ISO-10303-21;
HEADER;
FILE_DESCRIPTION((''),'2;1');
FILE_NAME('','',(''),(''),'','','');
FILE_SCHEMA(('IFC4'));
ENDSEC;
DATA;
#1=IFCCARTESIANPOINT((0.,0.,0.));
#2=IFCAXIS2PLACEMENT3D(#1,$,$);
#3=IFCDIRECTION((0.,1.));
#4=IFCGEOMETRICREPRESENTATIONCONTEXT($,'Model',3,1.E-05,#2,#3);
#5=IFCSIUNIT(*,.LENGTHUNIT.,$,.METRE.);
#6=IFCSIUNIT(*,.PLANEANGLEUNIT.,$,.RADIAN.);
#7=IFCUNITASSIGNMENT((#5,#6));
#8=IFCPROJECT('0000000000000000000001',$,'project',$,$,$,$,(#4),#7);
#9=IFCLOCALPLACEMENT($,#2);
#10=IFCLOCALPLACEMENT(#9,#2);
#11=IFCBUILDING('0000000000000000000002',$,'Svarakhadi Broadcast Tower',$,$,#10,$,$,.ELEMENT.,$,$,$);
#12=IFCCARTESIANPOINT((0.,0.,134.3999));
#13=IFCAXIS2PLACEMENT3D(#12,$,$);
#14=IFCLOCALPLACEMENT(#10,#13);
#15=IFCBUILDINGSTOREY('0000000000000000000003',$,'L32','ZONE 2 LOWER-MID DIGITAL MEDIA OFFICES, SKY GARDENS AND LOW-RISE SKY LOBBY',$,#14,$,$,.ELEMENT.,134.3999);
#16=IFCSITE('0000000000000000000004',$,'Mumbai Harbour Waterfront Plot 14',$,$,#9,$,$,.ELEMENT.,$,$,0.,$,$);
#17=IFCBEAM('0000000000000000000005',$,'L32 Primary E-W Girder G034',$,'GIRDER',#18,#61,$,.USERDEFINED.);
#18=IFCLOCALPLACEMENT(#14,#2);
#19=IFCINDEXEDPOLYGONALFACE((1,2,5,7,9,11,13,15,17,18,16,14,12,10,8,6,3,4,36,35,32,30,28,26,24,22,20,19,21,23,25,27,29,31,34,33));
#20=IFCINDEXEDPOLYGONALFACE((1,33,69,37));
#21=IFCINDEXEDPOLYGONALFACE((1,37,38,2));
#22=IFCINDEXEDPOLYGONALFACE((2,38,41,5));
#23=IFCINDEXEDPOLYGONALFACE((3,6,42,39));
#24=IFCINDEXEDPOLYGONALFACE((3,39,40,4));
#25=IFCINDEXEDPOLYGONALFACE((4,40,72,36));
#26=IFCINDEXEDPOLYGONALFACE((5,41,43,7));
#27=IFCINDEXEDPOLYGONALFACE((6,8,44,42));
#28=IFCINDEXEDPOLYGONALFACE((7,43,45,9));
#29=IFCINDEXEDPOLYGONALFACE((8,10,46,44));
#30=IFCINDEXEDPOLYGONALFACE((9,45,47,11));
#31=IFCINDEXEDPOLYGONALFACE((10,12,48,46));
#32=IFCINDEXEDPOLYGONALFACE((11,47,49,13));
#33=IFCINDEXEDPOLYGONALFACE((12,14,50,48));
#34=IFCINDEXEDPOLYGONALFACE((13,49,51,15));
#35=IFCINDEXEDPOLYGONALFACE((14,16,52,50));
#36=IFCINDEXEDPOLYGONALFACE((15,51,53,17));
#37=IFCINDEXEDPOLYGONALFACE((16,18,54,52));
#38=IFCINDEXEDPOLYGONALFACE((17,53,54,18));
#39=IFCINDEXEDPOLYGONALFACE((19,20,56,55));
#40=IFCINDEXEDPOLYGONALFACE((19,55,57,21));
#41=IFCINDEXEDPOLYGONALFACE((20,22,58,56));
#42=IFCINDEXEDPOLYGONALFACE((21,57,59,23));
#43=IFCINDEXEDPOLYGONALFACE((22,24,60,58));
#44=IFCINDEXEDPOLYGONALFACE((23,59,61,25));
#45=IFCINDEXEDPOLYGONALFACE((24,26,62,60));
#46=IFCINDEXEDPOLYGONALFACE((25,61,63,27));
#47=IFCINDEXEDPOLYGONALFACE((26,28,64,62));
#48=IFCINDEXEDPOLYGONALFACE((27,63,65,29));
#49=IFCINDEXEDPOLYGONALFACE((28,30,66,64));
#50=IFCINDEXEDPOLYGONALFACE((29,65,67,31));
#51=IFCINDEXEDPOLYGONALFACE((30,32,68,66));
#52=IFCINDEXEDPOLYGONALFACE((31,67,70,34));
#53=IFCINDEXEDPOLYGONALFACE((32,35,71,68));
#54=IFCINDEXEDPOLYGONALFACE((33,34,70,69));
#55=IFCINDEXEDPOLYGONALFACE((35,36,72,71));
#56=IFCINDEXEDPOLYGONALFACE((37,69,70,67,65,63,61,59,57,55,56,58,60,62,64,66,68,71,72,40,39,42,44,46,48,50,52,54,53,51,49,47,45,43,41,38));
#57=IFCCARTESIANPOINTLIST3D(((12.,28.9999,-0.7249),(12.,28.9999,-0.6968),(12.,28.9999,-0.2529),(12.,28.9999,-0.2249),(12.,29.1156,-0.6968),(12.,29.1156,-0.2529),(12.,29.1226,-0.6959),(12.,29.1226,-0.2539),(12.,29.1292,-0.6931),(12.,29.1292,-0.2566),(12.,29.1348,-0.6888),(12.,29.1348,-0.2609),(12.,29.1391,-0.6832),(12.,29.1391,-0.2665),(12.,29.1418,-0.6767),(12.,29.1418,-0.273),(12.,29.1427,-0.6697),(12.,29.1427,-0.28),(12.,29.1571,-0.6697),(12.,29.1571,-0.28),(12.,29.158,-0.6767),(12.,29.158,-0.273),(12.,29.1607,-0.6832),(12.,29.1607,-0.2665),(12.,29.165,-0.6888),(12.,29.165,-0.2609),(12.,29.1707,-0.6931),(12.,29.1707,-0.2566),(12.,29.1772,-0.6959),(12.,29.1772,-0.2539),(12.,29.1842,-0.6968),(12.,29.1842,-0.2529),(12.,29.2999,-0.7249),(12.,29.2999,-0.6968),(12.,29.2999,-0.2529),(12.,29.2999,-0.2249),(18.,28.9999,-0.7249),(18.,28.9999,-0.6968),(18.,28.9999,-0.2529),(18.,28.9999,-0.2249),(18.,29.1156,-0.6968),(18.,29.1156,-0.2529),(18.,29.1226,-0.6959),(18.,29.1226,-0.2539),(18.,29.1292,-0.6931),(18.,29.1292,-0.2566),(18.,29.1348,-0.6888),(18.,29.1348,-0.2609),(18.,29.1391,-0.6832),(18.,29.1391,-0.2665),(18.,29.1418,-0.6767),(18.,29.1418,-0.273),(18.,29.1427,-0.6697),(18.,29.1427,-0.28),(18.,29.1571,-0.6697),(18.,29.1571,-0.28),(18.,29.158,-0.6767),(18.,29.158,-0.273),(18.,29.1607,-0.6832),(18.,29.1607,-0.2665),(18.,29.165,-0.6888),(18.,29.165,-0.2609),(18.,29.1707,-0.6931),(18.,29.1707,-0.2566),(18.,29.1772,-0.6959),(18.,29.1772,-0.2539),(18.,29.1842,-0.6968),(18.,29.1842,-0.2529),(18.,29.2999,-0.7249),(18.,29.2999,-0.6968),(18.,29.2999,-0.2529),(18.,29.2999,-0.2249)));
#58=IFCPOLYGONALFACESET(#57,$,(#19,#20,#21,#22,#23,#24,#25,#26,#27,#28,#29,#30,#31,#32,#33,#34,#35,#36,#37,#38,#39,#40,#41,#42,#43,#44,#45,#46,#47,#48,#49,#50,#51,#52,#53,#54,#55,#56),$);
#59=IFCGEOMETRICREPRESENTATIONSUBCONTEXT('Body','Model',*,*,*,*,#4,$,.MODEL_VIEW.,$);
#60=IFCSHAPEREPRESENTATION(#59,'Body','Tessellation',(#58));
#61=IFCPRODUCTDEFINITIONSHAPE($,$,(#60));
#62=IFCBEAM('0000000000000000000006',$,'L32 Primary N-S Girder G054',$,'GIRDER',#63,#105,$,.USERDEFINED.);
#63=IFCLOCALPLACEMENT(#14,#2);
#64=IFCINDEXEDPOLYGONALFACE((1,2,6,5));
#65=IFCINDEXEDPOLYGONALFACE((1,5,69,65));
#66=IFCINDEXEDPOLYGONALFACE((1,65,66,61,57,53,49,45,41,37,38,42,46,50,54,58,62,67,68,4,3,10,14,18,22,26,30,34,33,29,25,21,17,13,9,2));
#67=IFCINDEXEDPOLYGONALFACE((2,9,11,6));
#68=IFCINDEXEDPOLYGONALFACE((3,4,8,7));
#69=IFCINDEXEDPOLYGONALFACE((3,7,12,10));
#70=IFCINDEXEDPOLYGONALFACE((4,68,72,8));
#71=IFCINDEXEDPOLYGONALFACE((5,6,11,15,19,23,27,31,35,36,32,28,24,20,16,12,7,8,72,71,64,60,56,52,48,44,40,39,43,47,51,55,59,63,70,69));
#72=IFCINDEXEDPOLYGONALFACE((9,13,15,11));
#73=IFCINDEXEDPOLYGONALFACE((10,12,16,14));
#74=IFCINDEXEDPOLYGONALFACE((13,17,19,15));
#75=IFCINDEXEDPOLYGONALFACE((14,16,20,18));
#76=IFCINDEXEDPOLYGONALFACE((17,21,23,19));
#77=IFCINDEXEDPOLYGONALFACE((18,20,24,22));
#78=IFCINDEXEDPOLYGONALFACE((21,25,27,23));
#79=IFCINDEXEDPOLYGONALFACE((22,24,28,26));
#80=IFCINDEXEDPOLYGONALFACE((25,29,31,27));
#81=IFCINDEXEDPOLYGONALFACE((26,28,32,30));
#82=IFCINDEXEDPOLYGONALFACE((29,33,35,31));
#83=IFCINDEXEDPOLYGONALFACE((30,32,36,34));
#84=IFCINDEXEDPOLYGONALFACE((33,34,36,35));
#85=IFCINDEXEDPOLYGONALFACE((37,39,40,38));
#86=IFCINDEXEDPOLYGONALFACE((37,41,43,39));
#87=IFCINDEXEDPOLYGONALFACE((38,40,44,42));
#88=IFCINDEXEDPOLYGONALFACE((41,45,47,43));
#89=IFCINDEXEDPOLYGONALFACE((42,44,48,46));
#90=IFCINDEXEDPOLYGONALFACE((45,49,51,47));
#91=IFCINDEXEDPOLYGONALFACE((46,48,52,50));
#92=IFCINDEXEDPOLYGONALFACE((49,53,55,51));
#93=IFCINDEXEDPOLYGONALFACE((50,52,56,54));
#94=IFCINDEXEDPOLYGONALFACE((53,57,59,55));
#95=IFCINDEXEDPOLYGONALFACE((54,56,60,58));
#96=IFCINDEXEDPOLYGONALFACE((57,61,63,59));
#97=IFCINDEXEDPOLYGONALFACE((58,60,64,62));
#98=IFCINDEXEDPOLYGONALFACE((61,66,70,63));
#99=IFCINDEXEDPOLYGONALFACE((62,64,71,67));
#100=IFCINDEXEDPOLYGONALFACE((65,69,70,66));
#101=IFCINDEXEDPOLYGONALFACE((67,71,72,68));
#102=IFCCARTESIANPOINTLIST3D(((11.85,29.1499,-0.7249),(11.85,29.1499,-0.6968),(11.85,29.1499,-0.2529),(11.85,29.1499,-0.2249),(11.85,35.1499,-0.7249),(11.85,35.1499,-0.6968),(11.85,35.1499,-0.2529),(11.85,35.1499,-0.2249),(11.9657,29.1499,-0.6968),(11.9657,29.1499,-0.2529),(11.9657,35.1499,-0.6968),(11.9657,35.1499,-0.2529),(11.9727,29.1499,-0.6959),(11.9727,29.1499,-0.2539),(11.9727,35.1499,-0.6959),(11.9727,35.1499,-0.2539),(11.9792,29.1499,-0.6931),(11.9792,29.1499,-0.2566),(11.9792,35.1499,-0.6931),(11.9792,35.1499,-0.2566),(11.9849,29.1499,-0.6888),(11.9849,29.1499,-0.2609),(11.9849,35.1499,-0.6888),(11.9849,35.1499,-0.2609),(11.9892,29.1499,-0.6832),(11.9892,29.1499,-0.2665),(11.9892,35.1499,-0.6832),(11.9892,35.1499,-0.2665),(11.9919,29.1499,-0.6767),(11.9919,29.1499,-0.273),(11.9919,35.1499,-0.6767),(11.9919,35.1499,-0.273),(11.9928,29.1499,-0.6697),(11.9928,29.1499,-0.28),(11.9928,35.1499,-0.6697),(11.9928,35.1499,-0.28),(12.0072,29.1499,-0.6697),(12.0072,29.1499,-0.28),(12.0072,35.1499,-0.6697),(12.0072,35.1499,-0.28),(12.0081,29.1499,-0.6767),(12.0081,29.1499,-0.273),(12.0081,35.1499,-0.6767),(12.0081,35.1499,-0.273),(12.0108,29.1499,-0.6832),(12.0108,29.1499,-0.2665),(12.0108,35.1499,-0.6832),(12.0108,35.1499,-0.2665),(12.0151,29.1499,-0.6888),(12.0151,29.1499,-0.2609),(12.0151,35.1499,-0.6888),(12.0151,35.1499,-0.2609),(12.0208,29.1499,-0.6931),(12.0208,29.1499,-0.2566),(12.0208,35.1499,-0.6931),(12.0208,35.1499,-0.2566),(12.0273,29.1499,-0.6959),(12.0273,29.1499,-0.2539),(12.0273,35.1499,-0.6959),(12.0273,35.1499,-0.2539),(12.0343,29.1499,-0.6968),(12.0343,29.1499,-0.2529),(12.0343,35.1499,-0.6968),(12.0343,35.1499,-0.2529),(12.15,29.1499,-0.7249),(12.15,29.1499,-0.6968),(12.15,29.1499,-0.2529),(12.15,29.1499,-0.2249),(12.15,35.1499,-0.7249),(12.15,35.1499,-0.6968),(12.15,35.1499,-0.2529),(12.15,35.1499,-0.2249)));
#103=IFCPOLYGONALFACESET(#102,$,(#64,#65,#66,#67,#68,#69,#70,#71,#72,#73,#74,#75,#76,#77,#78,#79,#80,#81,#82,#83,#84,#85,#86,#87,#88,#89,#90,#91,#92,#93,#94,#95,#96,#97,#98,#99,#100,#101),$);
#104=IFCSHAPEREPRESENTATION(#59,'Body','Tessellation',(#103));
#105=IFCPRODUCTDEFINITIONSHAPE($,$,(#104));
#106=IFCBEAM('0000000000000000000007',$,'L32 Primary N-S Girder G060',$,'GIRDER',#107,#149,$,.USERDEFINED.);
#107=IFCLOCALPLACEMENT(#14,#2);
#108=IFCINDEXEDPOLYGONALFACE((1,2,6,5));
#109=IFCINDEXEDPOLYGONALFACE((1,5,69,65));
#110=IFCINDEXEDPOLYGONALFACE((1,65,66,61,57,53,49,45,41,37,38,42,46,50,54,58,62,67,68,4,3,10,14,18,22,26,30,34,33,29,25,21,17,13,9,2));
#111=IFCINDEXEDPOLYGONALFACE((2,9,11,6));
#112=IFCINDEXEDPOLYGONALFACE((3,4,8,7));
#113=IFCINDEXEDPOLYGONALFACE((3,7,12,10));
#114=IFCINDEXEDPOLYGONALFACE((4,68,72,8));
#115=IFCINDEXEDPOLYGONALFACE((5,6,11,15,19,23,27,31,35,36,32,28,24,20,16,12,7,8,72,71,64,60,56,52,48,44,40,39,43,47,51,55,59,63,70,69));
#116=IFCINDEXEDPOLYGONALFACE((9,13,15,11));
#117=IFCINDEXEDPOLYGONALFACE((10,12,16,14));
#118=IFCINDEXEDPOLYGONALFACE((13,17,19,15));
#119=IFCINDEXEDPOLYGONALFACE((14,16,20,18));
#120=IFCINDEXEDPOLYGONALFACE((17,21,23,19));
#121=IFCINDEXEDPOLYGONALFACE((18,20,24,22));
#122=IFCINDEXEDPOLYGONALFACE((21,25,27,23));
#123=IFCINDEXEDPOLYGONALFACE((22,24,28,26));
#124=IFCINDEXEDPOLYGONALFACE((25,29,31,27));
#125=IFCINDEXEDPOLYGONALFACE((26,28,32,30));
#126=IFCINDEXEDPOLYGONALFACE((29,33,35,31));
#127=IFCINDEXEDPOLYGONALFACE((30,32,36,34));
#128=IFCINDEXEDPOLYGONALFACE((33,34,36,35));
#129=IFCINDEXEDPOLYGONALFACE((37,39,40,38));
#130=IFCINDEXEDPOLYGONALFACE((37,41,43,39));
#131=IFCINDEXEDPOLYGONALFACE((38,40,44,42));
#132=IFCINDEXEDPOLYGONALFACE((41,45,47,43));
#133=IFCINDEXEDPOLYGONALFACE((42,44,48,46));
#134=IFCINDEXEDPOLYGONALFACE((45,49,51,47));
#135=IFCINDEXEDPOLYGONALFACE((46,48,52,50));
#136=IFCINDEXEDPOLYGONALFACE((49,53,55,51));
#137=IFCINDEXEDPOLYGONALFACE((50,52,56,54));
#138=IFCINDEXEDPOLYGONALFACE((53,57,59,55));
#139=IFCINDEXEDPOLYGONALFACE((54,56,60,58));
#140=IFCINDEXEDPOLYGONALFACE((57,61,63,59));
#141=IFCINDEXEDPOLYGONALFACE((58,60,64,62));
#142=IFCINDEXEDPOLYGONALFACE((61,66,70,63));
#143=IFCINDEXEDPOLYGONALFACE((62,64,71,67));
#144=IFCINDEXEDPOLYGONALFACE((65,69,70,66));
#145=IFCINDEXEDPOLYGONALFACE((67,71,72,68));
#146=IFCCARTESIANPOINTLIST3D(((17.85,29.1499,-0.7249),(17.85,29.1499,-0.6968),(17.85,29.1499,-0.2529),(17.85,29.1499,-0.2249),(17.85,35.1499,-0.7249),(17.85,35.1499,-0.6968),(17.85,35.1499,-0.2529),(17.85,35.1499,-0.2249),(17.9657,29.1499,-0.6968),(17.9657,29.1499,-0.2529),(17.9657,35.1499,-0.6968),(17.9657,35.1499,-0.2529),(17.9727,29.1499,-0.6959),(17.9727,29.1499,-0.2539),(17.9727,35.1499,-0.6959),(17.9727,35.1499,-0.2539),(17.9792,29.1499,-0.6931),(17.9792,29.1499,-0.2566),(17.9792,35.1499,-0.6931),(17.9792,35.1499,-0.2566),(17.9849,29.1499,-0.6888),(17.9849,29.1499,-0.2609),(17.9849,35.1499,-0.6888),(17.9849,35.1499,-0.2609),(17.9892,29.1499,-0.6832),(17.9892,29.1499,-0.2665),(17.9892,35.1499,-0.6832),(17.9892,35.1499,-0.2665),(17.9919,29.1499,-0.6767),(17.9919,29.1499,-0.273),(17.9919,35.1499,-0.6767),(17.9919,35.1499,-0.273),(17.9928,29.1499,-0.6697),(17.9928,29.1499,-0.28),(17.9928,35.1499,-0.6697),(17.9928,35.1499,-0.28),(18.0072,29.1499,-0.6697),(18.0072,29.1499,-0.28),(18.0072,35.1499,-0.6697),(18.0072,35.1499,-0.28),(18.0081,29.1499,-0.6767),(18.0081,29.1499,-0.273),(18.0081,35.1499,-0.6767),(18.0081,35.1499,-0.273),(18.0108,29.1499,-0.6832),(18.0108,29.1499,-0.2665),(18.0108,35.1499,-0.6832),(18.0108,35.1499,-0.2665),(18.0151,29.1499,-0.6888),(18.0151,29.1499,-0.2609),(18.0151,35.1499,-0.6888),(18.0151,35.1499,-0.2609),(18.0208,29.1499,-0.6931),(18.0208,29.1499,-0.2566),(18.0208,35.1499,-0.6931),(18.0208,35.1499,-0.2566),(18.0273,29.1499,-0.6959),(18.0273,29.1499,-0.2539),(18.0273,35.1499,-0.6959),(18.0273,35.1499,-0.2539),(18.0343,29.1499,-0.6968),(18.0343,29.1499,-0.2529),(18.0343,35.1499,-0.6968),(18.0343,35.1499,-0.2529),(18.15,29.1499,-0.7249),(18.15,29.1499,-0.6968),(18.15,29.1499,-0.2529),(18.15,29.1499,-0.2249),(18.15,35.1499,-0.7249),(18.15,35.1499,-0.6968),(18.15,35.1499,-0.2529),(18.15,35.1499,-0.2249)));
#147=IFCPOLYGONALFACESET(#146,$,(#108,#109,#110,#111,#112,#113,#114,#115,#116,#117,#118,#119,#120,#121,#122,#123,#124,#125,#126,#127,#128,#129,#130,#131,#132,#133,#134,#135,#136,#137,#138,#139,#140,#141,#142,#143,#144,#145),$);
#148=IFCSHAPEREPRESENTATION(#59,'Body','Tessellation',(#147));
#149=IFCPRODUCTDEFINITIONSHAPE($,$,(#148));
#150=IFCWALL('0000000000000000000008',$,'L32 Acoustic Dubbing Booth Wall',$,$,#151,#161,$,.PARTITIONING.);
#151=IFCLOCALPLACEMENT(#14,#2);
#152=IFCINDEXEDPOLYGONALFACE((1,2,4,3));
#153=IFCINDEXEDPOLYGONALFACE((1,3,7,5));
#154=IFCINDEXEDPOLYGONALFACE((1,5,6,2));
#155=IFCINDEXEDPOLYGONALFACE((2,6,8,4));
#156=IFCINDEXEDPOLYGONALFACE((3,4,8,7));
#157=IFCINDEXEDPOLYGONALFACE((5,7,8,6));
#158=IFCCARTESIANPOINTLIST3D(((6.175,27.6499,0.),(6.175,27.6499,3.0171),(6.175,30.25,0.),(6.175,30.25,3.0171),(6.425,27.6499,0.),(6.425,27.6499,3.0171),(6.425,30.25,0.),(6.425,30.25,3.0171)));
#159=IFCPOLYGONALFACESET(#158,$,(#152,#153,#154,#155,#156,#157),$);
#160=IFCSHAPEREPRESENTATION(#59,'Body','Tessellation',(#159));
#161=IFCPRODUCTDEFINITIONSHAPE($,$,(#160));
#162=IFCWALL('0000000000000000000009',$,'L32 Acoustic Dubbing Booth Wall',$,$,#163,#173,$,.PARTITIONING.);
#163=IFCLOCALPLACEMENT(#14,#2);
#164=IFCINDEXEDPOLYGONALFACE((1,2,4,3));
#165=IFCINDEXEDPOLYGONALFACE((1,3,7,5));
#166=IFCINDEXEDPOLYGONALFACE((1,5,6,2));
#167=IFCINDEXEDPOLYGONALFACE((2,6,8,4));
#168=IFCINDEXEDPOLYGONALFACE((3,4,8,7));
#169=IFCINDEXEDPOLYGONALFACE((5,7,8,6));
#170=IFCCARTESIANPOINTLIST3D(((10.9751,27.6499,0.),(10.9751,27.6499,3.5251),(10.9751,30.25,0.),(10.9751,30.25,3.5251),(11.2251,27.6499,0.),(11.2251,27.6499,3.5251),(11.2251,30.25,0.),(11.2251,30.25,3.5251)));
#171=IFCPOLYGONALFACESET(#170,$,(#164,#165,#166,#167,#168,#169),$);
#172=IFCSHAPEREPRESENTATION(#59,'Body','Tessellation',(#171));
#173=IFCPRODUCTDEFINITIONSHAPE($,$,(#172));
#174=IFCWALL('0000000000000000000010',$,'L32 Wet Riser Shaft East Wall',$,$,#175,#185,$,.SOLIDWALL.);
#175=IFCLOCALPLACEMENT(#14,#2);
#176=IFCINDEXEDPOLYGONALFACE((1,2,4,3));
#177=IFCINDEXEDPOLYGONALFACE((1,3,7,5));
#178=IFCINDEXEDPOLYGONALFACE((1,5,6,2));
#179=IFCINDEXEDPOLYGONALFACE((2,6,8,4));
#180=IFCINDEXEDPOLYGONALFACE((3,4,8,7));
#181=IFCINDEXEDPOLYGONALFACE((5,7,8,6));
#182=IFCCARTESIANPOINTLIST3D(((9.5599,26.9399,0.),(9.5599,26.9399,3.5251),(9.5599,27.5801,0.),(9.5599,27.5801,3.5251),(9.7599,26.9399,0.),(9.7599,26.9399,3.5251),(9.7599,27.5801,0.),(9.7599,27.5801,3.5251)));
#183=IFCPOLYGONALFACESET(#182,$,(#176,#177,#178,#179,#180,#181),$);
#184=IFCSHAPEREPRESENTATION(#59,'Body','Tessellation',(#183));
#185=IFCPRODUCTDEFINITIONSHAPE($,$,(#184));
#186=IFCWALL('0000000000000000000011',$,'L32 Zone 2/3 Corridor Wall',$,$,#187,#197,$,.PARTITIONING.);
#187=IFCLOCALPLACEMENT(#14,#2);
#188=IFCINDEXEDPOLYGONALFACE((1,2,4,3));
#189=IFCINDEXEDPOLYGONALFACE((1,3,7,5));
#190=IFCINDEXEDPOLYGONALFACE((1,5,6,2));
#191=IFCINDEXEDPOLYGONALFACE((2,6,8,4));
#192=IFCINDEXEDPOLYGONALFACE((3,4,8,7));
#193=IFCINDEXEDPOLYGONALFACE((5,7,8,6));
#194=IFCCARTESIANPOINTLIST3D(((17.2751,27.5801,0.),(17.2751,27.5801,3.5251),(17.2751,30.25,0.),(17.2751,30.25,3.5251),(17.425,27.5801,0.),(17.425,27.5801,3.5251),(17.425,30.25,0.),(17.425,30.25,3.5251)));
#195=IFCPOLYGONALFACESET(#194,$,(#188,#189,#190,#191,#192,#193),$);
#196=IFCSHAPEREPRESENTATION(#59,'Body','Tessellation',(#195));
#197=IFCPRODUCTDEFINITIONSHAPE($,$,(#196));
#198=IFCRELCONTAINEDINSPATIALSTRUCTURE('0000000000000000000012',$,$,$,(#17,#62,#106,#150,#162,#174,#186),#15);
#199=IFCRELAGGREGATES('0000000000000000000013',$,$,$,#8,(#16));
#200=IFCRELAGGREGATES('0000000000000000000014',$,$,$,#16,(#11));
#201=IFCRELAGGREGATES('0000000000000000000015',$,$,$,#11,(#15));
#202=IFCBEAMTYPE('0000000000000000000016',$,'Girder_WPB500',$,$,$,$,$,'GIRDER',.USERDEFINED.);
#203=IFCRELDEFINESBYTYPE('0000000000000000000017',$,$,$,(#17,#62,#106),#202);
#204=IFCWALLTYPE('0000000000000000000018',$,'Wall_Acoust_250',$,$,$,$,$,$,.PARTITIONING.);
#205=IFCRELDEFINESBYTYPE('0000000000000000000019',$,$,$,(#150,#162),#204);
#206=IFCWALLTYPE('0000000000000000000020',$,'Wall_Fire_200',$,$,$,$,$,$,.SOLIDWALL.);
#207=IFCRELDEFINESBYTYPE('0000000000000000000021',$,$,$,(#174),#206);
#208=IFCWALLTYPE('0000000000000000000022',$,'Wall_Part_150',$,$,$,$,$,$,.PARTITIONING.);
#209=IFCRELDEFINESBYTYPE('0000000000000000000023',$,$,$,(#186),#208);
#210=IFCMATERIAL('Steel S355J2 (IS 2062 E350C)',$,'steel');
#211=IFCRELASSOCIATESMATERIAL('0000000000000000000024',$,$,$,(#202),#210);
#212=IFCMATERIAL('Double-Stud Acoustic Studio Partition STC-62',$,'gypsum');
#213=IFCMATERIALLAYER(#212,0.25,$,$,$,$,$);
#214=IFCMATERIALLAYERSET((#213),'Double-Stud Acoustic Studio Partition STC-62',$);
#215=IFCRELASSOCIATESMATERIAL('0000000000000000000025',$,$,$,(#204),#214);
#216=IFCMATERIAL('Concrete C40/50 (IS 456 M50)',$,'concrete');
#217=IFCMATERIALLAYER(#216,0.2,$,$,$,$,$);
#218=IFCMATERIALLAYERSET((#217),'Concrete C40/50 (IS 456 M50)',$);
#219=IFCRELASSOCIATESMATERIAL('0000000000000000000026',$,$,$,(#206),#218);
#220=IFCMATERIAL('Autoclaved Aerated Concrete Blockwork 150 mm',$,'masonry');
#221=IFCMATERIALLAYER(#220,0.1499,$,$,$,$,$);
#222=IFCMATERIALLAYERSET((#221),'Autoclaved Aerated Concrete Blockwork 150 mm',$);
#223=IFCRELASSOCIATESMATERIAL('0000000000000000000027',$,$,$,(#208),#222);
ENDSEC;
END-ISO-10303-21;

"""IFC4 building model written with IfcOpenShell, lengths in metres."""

from ifc_helpers import new_model, si_unit, direction, frame, frame_2d, origin, origin_2d, place, context, subcontext, project, spatial, rectangle, i_section, extrude, material, layer, layer_set, material_profile, profile_set, type_object, element, save


model = new_model("IFC4")

# Units and contexts
model_context = context("Model", 3, precision=1e-05, world=origin(), true_north=direction((0.0, 1.0)))
body_context = subcontext(model_context, "Body", "Model", "MODEL_VIEW")
ifc_project = project(units=[si_unit("LENGTHUNIT", "METRE"), si_unit("PLANEANGLEUNIT", "RADIAN")], contexts=[model_context])

# Site, building, storey
site_placement = place(None, origin())
site = spatial("IfcSite", under=ifc_project, at=site_placement, Name="Mumbai Harbour Waterfront Plot 14", CompositionType="ELEMENT", RefElevation=0.0)
building_placement = place(site_placement, origin())
building = spatial("IfcBuilding", under=site, at=building_placement, Name="Svarakhadi Broadcast Tower", CompositionType="ELEMENT")
storey_placement = place(building_placement, frame((0.0, 0.0, 134.3999)))
storey = spatial("IfcBuildingStorey", under=building, at=storey_placement, Name="L32", Description="ZONE 2 LOWER-MID DIGITAL MEDIA OFFICES, SKY GARDENS AND LOW-RISE SKY LOBBY", CompositionType="ELEMENT", Elevation=134.3999)

# Beams
ifc_material_1 = material(Name="Steel S355J2 (IS 2062 E350C)", Category="steel")
ifc_material_profile_1 = material_profile(ifc_material_1, i_section(OverallWidth=0.3, OverallDepth=0.5, WebThickness=0.0144, FlangeThickness=0.0281, FilletRadius=0.0271, at=origin_2d()), Name="WPB 500x300x187")
ifc_profile_set_1 = profile_set([ifc_material_profile_1], Name="Steel S355J2 (IS 2062 E350C)")
beam_type_1 = type_object("IfcBeamType", Name="Girder_WPB500", ElementType="GIRDER", PredefinedType="USERDEFINED", material=ifc_profile_set_1)
for number, where, z_axis, x_axis, name in (
    (1, (12.0, 29.1499, -0.4749), (1.0, 0.0, 0.0), (0.0, 1.0, 0.0), "L32 Primary E-W Girder G034"),
    (2, (12.0, 29.1499, -0.4749), (0.0, 1.0, 0.0), (-1.0, 0.0, 0.0), "L32 Primary N-S Girder G054"),
    (3, (18.0, 29.1499, -0.4749), (0.0, 1.0, 0.0), (-1.0, 0.0, 0.0), "L32 Primary N-S Girder G060"),
):
    element("IfcBeam", number, at=place(storey_placement, frame(where, z_axis=z_axis, x_axis=x_axis)), inside=storey, type_object=beam_type_1, Name=name, ObjectType="GIRDER", PredefinedType="USERDEFINED", context=body_context, shape_type="SweptSolid", body=[
        extrude(i_section(OverallWidth=0.3, OverallDepth=0.5, WebThickness=0.0144, FlangeThickness=0.0281, FilletRadius=0.0271, at=origin_2d()), origin(), (0.0, 0.0, 1.0), 6.0),
    ])

# Walls
ifc_material_2 = material(Name="Double-Stud Acoustic Studio Partition STC-62", Category="gypsum")
ifc_layer_1 = layer(ifc_material_2, 0.25)
ifc_layer_set_1 = layer_set([ifc_layer_1], Name="Double-Stud Acoustic Studio Partition STC-62")
wall_type_1 = type_object("IfcWallType", Name="Wall_Acoust_250", PredefinedType="PARTITIONING", material=ifc_layer_set_1)
wall_1_placement = place(storey_placement, frame((6.3, 27.6499, 0.0), z_axis=(0.0, 0.0, 1.0), x_axis=(0.0, 1.0, 0.0)))
element("IfcWall", 4, at=wall_1_placement, inside=storey, type_object=wall_type_1, Name="L32 Acoustic Dubbing Booth Wall", PredefinedType="PARTITIONING", context=body_context, shape_type="SweptSolid", body=[
    extrude(rectangle(XDim=2.6001, YDim=0.25, at=frame_2d((1.3, 0.0))), origin(), (0.0, 0.0, 1.0), 3.0171),
])
wall_2_placement = place(storey_placement, frame((11.1001, 27.6499, 0.0), z_axis=(0.0, 0.0, 1.0), x_axis=(0.0, 1.0, 0.0)))
element("IfcWall", 5, at=wall_2_placement, inside=storey, type_object=wall_type_1, Name="L32 Acoustic Dubbing Booth Wall", PredefinedType="PARTITIONING", context=body_context, shape_type="SweptSolid", body=[
    extrude(rectangle(XDim=2.6001, YDim=0.25, at=frame_2d((1.3, 0.0))), origin(), (0.0, 0.0, 1.0), 3.5251),
])
ifc_material_3 = material(Name="Concrete C40/50 (IS 456 M50)", Category="concrete")
ifc_layer_2 = layer(ifc_material_3, 0.2)
ifc_layer_set_2 = layer_set([ifc_layer_2], Name="Concrete C40/50 (IS 456 M50)")
wall_type_2 = type_object("IfcWallType", Name="Wall_Fire_200", PredefinedType="SOLIDWALL", material=ifc_layer_set_2)
wall_3_placement = place(storey_placement, frame((9.6599, 26.9399, 0.0), z_axis=(0.0, 0.0, 1.0), x_axis=(0.0, 1.0, 0.0)))
element("IfcWall", 6, at=wall_3_placement, inside=storey, type_object=wall_type_2, Name="L32 Wet Riser Shaft East Wall", PredefinedType="SOLIDWALL", context=body_context, shape_type="SweptSolid", body=[
    extrude(rectangle(XDim=0.6401, YDim=0.2, at=frame_2d((0.3201, 0.0))), origin(), (0.0, 0.0, 1.0), 3.5251),
])
ifc_material_4 = material(Name="Autoclaved Aerated Concrete Blockwork 150 mm", Category="masonry")
ifc_layer_3 = layer(ifc_material_4, 0.1499)
ifc_layer_set_3 = layer_set([ifc_layer_3], Name="Autoclaved Aerated Concrete Blockwork 150 mm")
wall_type_3 = type_object("IfcWallType", Name="Wall_Part_150", PredefinedType="PARTITIONING", material=ifc_layer_set_3)
for number, where, z_axis, x_axis, name in (
    (7, (17.3501, 30.25, 0.0), (0.0, 0.0, 1.0), (0.0, -1.0, 0.0), "L32 Zone 2/3 Corridor Wall"),
):
    element("IfcWall", number, at=place(storey_placement, frame(where, z_axis=z_axis, x_axis=x_axis)), inside=storey, type_object=wall_type_3, Name=name, PredefinedType="PARTITIONING", context=body_context, shape_type="SweptSolid", body=[
        extrude(rectangle(XDim=2.6699, YDim=0.1499, at=frame_2d((1.335, 0.0))), origin(), (0.0, 0.0, 1.0), 3.5251),
    ])

save(model, "model.ifc")
